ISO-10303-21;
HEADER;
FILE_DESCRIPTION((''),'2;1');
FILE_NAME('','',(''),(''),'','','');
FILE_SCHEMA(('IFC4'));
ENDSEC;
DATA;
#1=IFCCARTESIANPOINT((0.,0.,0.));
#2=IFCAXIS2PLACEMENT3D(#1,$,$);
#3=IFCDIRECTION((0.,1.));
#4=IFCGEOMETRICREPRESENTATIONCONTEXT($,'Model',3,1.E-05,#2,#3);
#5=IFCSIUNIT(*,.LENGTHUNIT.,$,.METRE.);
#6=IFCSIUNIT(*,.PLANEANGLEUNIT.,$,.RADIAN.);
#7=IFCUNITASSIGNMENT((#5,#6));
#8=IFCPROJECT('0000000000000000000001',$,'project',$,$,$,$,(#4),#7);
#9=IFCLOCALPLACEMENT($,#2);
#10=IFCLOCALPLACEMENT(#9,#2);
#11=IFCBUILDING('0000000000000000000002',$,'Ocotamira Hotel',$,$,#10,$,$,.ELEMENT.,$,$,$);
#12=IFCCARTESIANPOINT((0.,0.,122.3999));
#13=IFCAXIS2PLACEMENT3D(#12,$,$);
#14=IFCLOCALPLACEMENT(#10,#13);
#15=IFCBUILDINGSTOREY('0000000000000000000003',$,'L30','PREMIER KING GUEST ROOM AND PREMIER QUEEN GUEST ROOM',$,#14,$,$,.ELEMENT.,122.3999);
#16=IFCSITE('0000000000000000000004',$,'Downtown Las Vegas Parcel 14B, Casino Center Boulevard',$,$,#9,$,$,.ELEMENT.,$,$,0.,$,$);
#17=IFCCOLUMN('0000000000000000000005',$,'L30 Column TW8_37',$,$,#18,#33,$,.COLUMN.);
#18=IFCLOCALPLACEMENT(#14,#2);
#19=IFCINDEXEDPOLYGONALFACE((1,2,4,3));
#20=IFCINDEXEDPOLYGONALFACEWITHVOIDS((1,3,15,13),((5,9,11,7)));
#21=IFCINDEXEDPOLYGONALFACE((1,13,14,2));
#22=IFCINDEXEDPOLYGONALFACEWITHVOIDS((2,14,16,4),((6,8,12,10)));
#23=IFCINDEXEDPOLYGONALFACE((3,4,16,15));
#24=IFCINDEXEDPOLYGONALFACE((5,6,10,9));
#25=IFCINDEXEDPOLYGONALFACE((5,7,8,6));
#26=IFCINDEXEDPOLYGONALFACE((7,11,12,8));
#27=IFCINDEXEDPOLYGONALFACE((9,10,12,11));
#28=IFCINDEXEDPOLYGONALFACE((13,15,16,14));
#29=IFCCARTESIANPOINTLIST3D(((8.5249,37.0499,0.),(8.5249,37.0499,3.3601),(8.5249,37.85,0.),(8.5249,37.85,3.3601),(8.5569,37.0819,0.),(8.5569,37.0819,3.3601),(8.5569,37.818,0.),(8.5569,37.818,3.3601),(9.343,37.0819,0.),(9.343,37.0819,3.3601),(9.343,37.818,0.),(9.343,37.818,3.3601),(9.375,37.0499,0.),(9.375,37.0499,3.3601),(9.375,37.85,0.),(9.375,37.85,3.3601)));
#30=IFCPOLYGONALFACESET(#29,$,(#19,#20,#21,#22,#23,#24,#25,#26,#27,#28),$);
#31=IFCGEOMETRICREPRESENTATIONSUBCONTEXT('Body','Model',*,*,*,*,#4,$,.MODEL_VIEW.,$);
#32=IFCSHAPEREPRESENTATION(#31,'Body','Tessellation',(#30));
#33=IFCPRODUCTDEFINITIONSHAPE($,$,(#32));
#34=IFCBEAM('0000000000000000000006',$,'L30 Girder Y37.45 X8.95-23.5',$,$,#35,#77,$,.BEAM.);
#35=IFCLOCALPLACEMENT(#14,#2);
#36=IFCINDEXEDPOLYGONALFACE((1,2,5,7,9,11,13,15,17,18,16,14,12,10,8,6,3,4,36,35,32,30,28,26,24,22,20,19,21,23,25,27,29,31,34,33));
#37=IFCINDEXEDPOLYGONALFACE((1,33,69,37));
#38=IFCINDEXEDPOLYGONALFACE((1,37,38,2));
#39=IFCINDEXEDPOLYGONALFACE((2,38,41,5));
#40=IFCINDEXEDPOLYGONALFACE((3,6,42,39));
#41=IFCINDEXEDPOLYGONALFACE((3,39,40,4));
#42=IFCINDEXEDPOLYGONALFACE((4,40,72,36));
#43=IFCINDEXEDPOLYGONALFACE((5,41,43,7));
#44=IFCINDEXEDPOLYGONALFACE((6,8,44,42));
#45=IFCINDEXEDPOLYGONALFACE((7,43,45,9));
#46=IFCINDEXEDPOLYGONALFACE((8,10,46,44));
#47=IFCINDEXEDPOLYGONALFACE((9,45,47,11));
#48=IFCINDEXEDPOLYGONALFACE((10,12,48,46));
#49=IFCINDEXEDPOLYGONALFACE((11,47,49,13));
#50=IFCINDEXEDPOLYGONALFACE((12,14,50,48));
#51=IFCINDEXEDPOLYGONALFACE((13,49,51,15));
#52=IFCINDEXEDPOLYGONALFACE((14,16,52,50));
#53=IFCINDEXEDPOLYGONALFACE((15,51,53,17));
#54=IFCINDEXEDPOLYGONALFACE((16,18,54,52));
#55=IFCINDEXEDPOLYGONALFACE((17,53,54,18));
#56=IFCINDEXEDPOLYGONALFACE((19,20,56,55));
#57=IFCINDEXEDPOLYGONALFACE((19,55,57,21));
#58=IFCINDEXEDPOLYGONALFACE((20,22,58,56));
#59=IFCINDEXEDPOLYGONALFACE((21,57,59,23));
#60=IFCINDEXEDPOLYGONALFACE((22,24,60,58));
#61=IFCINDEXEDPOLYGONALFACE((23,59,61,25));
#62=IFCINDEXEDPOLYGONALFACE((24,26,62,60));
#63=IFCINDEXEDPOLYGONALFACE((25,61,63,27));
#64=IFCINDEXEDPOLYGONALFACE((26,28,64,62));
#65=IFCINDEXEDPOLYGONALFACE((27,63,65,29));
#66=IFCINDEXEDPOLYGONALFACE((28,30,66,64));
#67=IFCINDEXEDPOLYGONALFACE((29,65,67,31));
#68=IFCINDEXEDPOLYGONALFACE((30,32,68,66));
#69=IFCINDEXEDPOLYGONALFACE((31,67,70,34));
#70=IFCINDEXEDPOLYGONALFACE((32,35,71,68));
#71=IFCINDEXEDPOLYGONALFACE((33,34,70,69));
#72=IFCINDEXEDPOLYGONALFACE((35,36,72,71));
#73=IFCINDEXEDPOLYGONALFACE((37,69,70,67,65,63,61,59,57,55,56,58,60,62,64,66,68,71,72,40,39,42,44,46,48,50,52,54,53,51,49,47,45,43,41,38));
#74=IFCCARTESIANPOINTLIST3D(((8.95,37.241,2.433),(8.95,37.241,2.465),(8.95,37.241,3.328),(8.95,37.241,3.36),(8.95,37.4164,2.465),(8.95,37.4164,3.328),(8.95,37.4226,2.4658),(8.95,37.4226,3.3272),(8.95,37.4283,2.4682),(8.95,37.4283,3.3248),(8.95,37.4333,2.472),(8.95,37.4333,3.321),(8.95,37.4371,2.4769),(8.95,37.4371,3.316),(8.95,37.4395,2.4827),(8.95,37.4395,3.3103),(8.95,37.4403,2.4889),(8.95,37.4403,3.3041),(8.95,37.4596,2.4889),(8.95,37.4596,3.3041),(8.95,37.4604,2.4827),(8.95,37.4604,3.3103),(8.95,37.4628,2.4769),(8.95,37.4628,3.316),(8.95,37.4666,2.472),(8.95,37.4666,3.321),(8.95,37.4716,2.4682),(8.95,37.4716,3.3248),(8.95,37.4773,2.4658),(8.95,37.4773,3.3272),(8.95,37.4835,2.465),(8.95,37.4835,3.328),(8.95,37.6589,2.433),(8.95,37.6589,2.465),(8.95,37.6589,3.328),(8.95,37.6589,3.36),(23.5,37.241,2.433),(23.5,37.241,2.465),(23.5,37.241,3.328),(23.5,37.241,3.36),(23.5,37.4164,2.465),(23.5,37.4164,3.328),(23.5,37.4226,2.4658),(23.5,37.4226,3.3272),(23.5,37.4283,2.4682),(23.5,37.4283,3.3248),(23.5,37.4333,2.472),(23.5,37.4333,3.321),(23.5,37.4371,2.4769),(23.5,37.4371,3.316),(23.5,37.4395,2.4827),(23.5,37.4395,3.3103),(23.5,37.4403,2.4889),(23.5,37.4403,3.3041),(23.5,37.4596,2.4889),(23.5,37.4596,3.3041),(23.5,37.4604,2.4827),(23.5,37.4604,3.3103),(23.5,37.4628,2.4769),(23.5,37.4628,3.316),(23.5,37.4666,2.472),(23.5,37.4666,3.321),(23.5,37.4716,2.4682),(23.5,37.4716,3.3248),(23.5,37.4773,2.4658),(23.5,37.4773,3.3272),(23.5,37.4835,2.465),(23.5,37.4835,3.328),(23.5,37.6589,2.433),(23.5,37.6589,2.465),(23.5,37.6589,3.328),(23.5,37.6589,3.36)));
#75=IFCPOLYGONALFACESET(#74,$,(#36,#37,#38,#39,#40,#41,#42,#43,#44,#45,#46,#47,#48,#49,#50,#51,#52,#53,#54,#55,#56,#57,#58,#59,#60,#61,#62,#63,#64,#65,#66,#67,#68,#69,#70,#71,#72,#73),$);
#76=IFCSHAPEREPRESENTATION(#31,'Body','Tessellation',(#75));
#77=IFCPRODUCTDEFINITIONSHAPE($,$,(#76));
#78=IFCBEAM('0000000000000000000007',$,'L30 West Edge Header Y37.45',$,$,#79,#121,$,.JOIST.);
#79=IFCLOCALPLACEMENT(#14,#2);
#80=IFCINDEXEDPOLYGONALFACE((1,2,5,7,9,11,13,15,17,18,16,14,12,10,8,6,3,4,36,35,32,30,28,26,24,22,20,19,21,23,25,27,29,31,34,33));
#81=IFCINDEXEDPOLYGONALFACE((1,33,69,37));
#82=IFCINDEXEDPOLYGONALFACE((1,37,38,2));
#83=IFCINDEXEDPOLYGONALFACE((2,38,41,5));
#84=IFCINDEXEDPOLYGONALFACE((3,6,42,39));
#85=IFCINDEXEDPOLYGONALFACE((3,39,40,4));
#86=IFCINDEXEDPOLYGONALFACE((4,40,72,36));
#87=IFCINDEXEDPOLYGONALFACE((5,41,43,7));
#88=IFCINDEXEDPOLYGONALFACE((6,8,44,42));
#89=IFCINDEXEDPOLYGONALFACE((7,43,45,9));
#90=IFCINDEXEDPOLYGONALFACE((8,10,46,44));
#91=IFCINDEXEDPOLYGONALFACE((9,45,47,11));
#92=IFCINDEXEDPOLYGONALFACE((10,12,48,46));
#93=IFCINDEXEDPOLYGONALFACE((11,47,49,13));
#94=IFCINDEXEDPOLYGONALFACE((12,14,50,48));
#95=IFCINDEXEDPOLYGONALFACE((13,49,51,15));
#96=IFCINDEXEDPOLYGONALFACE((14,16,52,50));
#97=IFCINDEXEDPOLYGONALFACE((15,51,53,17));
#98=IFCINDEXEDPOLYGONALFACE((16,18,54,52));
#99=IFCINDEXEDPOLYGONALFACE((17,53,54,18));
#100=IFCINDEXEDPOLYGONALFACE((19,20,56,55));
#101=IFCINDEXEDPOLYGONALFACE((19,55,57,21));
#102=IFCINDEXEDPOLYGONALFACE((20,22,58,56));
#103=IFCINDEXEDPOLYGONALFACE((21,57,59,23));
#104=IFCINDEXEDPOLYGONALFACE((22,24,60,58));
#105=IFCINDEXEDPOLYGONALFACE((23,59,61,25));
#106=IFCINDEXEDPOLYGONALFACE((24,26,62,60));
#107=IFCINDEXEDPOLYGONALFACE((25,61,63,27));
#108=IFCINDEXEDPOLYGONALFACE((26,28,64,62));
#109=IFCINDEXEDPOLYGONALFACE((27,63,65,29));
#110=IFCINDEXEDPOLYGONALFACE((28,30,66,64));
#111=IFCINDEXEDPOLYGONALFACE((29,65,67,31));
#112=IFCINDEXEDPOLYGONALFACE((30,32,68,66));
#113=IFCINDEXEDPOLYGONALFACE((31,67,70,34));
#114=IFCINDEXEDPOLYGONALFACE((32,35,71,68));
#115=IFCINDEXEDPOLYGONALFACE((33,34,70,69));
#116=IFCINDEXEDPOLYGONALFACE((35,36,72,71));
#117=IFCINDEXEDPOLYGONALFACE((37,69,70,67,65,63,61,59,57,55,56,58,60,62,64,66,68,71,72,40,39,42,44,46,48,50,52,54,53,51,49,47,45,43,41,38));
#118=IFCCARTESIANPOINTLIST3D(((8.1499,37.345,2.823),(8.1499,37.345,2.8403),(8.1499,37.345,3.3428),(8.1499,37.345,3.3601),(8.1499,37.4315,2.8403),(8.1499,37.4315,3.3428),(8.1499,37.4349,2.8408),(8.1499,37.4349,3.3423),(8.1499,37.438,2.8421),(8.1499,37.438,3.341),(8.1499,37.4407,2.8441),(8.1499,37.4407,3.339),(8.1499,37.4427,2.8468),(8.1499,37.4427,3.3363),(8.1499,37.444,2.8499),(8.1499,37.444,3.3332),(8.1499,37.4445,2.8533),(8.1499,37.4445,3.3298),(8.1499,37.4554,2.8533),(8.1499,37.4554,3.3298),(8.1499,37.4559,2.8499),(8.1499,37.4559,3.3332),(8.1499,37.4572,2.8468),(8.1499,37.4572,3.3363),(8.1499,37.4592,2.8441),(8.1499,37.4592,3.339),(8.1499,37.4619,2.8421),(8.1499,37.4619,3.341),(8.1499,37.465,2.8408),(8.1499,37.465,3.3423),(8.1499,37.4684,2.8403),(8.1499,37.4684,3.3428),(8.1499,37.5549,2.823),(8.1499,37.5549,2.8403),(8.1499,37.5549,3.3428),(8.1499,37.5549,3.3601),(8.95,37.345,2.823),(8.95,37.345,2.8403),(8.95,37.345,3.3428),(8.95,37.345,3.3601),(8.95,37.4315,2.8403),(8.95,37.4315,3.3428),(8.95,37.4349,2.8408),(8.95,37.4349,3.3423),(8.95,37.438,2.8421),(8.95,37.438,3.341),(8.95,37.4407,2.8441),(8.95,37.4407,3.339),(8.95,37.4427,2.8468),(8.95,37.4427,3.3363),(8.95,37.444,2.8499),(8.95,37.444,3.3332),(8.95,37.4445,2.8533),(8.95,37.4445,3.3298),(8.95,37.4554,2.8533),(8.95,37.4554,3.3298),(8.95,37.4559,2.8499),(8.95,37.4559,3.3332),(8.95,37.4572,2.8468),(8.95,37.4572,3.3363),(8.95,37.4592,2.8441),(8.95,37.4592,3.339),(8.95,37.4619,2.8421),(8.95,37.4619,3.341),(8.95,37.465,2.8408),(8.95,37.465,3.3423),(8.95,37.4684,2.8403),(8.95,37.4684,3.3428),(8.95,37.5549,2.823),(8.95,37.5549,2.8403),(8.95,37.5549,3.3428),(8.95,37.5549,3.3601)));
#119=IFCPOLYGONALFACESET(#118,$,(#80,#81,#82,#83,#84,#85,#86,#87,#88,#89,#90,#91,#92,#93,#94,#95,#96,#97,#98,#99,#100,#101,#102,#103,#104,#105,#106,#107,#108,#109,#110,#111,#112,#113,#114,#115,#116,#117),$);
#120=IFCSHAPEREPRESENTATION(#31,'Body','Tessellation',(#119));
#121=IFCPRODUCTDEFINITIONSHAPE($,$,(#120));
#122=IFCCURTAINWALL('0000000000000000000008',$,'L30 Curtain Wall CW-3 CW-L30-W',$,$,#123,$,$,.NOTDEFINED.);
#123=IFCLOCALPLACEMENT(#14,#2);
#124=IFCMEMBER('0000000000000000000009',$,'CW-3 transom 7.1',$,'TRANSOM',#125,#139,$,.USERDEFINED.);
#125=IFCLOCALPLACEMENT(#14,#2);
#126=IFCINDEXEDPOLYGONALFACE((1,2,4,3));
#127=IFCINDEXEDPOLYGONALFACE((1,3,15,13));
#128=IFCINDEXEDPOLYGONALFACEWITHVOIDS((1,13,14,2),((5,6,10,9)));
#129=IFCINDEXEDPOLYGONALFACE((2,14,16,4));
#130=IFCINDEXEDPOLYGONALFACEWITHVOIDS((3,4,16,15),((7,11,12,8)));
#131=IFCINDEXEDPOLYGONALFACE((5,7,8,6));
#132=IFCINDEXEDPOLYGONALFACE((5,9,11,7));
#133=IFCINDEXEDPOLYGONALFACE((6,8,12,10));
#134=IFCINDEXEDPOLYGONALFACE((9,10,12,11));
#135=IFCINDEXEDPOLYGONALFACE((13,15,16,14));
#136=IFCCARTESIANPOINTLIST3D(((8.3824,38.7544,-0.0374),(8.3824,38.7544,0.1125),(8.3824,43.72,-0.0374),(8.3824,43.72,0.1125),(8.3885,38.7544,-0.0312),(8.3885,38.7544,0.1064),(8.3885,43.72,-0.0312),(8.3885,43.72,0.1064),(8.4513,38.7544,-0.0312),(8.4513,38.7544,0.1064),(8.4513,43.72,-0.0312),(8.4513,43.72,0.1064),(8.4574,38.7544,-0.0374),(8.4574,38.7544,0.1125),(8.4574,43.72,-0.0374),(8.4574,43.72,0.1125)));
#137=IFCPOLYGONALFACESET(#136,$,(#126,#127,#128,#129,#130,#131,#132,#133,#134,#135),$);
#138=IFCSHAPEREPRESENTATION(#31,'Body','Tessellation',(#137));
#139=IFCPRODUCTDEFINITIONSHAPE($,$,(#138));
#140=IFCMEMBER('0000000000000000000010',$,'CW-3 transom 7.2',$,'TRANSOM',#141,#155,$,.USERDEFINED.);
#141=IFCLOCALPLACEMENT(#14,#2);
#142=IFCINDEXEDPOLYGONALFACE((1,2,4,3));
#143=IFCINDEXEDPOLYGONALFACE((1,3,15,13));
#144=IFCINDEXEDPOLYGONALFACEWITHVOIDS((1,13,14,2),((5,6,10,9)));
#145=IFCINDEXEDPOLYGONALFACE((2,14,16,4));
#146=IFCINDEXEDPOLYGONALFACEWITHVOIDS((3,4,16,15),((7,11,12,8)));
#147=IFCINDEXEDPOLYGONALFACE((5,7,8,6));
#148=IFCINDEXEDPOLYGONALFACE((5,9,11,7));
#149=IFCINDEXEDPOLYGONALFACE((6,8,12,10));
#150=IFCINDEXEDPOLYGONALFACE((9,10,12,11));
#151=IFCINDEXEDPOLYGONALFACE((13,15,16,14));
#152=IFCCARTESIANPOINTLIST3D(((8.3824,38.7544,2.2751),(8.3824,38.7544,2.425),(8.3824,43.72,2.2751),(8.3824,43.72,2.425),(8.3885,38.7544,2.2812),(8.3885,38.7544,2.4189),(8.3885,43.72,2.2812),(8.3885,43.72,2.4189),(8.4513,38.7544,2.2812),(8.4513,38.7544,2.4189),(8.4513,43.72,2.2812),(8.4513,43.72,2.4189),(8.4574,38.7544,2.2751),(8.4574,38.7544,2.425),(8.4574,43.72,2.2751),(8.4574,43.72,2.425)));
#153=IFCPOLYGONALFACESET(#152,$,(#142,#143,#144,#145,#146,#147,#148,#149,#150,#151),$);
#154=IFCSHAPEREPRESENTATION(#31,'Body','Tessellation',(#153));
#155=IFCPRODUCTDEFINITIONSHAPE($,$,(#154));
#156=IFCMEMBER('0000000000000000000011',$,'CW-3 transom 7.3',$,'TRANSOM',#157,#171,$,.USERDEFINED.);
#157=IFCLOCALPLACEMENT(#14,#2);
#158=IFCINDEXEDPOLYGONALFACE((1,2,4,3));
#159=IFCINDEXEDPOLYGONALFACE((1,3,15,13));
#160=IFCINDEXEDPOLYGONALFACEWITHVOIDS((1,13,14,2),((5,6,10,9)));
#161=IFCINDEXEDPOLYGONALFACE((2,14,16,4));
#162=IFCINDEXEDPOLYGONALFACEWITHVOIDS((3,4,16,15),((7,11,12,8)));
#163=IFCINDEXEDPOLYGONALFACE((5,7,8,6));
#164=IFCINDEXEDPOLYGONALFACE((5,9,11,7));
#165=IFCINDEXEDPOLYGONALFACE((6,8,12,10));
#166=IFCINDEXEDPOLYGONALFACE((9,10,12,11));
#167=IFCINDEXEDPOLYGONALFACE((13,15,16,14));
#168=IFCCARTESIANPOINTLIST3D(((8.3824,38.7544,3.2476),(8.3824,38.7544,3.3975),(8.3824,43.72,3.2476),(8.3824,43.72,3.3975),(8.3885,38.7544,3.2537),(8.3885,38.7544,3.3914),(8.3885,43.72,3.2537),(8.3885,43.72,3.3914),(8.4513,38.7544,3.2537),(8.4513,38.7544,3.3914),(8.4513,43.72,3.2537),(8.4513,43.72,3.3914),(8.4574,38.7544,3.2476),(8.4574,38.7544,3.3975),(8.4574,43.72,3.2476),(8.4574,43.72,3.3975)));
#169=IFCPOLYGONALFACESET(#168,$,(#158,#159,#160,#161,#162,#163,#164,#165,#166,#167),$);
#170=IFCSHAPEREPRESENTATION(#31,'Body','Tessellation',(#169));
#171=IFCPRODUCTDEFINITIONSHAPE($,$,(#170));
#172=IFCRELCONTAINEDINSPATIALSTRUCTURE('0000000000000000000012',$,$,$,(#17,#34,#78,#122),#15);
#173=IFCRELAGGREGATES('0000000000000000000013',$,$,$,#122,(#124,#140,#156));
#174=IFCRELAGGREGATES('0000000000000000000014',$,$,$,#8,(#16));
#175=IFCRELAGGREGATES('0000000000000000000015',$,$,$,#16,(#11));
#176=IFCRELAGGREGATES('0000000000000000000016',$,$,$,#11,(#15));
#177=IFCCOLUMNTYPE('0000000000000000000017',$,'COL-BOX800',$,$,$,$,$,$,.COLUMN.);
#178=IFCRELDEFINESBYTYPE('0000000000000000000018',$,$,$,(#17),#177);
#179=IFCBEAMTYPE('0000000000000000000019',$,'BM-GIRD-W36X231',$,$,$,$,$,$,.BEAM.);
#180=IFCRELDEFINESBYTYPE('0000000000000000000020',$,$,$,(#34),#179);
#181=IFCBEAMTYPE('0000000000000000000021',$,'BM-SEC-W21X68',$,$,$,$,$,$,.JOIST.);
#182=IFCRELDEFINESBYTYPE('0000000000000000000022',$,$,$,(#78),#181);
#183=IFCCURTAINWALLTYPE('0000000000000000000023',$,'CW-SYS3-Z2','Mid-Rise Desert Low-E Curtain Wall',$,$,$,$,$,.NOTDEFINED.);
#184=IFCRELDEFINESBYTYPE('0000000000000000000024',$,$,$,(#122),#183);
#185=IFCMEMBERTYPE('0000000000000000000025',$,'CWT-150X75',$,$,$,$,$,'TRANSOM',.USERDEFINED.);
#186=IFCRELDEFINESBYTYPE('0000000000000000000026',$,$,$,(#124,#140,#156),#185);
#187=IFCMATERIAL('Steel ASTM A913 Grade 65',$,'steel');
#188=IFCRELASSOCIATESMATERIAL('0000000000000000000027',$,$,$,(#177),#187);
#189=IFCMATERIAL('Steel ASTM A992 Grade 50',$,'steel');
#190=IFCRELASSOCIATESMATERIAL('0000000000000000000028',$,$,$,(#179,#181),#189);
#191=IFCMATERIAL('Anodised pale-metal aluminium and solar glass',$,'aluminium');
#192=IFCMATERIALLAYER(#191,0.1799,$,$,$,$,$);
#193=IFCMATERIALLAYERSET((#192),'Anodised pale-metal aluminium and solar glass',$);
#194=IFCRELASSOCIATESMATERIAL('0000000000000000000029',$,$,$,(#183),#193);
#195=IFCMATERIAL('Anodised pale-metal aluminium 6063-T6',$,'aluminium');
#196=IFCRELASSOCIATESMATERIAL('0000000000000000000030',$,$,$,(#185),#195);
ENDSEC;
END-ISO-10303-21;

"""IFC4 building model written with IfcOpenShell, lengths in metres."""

from ifc_helpers import new_model, si_unit, direction, frame, origin, origin_2d, place, context, subcontext, project, spatial, hollow_rectangle, i_section, extrude, source, transform, mapped, material, layer, layer_set, material_profile, profile_set, type_object, element, aggregate, save


model = new_model("IFC4")

# Units and contexts
model_context = context("Model", 3, precision=1e-05, world=origin(), true_north=direction((0.0, 1.0)))
body_context = subcontext(model_context, "Body", "Model", "MODEL_VIEW")
ifc_project = project(units=[si_unit("LENGTHUNIT", "METRE"), si_unit("PLANEANGLEUNIT", "RADIAN")], contexts=[model_context])

# Site, building, storey
site_placement = place(None, origin())
site = spatial("IfcSite", under=ifc_project, at=site_placement, Name="Downtown Las Vegas Parcel 14B, Casino Center Boulevard", CompositionType="ELEMENT", RefElevation=0.0)
building_placement = place(site_placement, origin())
building = spatial("IfcBuilding", under=site, at=building_placement, Name="Ocotamira Hotel", CompositionType="ELEMENT")
storey_placement = place(building_placement, frame((0.0, 0.0, 122.3999)))
storey = spatial("IfcBuildingStorey", under=building, at=storey_placement, Name="L30", Description="PREMIER KING GUEST ROOM AND PREMIER QUEEN GUEST ROOM", CompositionType="ELEMENT", Elevation=122.3999)

# Column
ifc_material_1 = material(Name="Steel ASTM A913 Grade 65", Category="steel")
ifc_material_profile_1 = material_profile(ifc_material_1, hollow_rectangle(XDim=0.8501, YDim=0.8, WallThickness=0.032, at=origin_2d()), Name="BOX800X850X32")
ifc_profile_set_1 = profile_set([ifc_material_profile_1], Name="Steel ASTM A913 Grade 65")
column_type = type_object("IfcColumnType", Name="COL-BOX800", PredefinedType="COLUMN", material=ifc_profile_set_1)
shared_shape_1 = source(origin(), body_context, "Body", "SweptSolid", [
    extrude(hollow_rectangle(XDim=0.8501, YDim=0.8, WallThickness=0.032, at=origin_2d()), origin(), (0.0, 0.0, 1.0), 3.3601),
])
column_placement = place(storey_placement, frame((8.95, 37.45, 0.0), z_axis=(0.0, 0.0, 1.0), x_axis=(1.0, 0.0, 0.0)))
element("IfcColumn", 1, at=column_placement, inside=storey, type_object=column_type, Name="L30 Column TW8_37", PredefinedType="COLUMN", context=body_context, shape_type="MappedRepresentation", body=[
    mapped(shared_shape_1, transform((0.0, 0.0, 0.0), scale=1.0)),
])

# Beams
ifc_material_2 = material(Name="Steel ASTM A992 Grade 50", Category="steel")
ifc_material_profile_2 = material_profile(ifc_material_2, i_section(OverallWidth=0.418, OverallDepth=0.927, WebThickness=0.0193, FlangeThickness=0.032, FilletRadius=0.0239, at=origin_2d()), Name="W36X231")
ifc_profile_set_2 = profile_set([ifc_material_profile_2], Name="Steel ASTM A992 Grade 50")
beam_type_1 = type_object("IfcBeamType", Name="BM-GIRD-W36X231", PredefinedType="BEAM", material=ifc_profile_set_2)
shared_shape_2 = source(origin(), body_context, "Body", "SweptSolid", [
    extrude(i_section(OverallWidth=0.418, OverallDepth=0.927, WebThickness=0.0193, FlangeThickness=0.032, FilletRadius=0.0239, at=origin_2d()), origin(), (0.0, 0.0, 1.0), 14.55),
])
beam_1_placement = place(storey_placement, frame((8.95, 37.45, 2.8965), z_axis=(1.0, 0.0, 0.0), x_axis=(0.0, 1.0, 0.0)))
element("IfcBeam", 2, at=beam_1_placement, inside=storey, type_object=beam_type_1, Name="L30 Girder Y37.45 X8.95-23.5", PredefinedType="BEAM", context=body_context, shape_type="MappedRepresentation", body=[
    mapped(shared_shape_2, transform((0.0, 0.0, 0.0), scale=1.0)),
])
ifc_material_profile_3 = material_profile(ifc_material_2, i_section(OverallWidth=0.21, OverallDepth=0.5371, WebThickness=0.011, FlangeThickness=0.0173, FilletRadius=0.0129, at=origin_2d()), Name="W21X68")
ifc_profile_set_3 = profile_set([ifc_material_profile_3], Name="Steel ASTM A992 Grade 50")
beam_type_2 = type_object("IfcBeamType", Name="BM-SEC-W21X68", PredefinedType="JOIST", material=ifc_profile_set_3)
shared_shape_3 = source(origin(), body_context, "Body", "SweptSolid", [
    extrude(i_section(OverallWidth=0.21, OverallDepth=0.5371, WebThickness=0.011, FlangeThickness=0.0173, FilletRadius=0.0129, at=origin_2d()), origin(), (0.0, 0.0, 1.0), 0.8),
])
beam_2_placement = place(storey_placement, frame((8.95, 37.45, 3.0916), z_axis=(-1.0, 0.0, 0.0), x_axis=(0.0, -1.0, 0.0)))
element("IfcBeam", 3, at=beam_2_placement, inside=storey, type_object=beam_type_2, Name="L30 West Edge Header Y37.45", PredefinedType="JOIST", context=body_context, shape_type="MappedRepresentation", body=[
    mapped(shared_shape_3, transform((0.0, 0.0, 0.0), scale=1.0)),
])

# Curtain wall, members
ifc_material_3 = material(Name="Anodised pale-metal aluminium and solar glass", Category="aluminium")
ifc_layer_1 = layer(ifc_material_3, 0.1799)
ifc_layer_set_1 = layer_set([ifc_layer_1], Name="Anodised pale-metal aluminium and solar glass")
curtain_wall_type = type_object("IfcCurtainWallType", Name="CW-SYS3-Z2", Description="Mid-Rise Desert Low-E Curtain Wall", PredefinedType="NOTDEFINED", material=ifc_layer_set_1)
curtain_wall_placement = place(storey_placement, origin())
curtain_wall = element("IfcCurtainWall", 4, at=curtain_wall_placement, inside=storey, type_object=curtain_wall_type, Name="L30 Curtain Wall CW-3 CW-L30-W", PredefinedType="NOTDEFINED")
ifc_material_4 = material(Name="Anodised pale-metal aluminium 6063-T6", Category="aluminium")
ifc_material_profile_4 = material_profile(ifc_material_4, hollow_rectangle(XDim=0.075, YDim=0.1499, WallThickness=0.0061, at=origin_2d()), Name="HSS150X75X6")
ifc_profile_set_4 = profile_set([ifc_material_profile_4], Name="Anodised pale-metal aluminium 6063-T6")
member_type_1 = type_object("IfcMemberType", Name="CWT-150X75", ElementType="TRANSOM", PredefinedType="USERDEFINED", material=ifc_profile_set_4)
shared_shape_4 = source(origin(), body_context, "Body", "SweptSolid", [
    extrude(hollow_rectangle(XDim=0.075, YDim=0.1499, WallThickness=0.0061, at=origin_2d()), origin(), (0.0, 0.0, 1.0), 4.9656),
])
member_1_placement = place(storey_placement, frame((8.4199, 38.7544, 0.0376), z_axis=(0.0, 1.0, 0.0), x_axis=(-1.0, 0.0, 0.0)))
member_1 = element("IfcMember", 5, at=member_1_placement, type_object=member_type_1, Name="CW-3 transom 7.1", ObjectType="TRANSOM", PredefinedType="USERDEFINED", context=body_context, shape_type="MappedRepresentation", body=[
    mapped(shared_shape_4, transform((0.0, 0.0, 0.0), scale=1.0)),
])
member_2_placement = place(storey_placement, frame((8.4199, 38.7544, 2.3501), z_axis=(0.0, 1.0, 0.0), x_axis=(-1.0, 0.0, 0.0)))
member_2 = element("IfcMember", 6, at=member_2_placement, type_object=member_type_1, Name="CW-3 transom 7.2", ObjectType="TRANSOM", PredefinedType="USERDEFINED", context=body_context, shape_type="MappedRepresentation", body=[
    mapped(shared_shape_4, transform((0.0, 0.0, 0.0), scale=1.0)),
])
member_3_placement = place(storey_placement, frame((8.4199, 38.7544, 3.3225), z_axis=(0.0, 1.0, 0.0), x_axis=(-1.0, 0.0, 0.0)))
member_3 = element("IfcMember", 7, at=member_3_placement, type_object=member_type_1, Name="CW-3 transom 7.3", ObjectType="TRANSOM", PredefinedType="USERDEFINED", context=body_context, shape_type="MappedRepresentation", body=[
    mapped(shared_shape_4, transform((0.0, 0.0, 0.0), scale=1.0)),
])

aggregate(curtain_wall, [member_1, member_2, member_3])

save(model, "model.ifc")
